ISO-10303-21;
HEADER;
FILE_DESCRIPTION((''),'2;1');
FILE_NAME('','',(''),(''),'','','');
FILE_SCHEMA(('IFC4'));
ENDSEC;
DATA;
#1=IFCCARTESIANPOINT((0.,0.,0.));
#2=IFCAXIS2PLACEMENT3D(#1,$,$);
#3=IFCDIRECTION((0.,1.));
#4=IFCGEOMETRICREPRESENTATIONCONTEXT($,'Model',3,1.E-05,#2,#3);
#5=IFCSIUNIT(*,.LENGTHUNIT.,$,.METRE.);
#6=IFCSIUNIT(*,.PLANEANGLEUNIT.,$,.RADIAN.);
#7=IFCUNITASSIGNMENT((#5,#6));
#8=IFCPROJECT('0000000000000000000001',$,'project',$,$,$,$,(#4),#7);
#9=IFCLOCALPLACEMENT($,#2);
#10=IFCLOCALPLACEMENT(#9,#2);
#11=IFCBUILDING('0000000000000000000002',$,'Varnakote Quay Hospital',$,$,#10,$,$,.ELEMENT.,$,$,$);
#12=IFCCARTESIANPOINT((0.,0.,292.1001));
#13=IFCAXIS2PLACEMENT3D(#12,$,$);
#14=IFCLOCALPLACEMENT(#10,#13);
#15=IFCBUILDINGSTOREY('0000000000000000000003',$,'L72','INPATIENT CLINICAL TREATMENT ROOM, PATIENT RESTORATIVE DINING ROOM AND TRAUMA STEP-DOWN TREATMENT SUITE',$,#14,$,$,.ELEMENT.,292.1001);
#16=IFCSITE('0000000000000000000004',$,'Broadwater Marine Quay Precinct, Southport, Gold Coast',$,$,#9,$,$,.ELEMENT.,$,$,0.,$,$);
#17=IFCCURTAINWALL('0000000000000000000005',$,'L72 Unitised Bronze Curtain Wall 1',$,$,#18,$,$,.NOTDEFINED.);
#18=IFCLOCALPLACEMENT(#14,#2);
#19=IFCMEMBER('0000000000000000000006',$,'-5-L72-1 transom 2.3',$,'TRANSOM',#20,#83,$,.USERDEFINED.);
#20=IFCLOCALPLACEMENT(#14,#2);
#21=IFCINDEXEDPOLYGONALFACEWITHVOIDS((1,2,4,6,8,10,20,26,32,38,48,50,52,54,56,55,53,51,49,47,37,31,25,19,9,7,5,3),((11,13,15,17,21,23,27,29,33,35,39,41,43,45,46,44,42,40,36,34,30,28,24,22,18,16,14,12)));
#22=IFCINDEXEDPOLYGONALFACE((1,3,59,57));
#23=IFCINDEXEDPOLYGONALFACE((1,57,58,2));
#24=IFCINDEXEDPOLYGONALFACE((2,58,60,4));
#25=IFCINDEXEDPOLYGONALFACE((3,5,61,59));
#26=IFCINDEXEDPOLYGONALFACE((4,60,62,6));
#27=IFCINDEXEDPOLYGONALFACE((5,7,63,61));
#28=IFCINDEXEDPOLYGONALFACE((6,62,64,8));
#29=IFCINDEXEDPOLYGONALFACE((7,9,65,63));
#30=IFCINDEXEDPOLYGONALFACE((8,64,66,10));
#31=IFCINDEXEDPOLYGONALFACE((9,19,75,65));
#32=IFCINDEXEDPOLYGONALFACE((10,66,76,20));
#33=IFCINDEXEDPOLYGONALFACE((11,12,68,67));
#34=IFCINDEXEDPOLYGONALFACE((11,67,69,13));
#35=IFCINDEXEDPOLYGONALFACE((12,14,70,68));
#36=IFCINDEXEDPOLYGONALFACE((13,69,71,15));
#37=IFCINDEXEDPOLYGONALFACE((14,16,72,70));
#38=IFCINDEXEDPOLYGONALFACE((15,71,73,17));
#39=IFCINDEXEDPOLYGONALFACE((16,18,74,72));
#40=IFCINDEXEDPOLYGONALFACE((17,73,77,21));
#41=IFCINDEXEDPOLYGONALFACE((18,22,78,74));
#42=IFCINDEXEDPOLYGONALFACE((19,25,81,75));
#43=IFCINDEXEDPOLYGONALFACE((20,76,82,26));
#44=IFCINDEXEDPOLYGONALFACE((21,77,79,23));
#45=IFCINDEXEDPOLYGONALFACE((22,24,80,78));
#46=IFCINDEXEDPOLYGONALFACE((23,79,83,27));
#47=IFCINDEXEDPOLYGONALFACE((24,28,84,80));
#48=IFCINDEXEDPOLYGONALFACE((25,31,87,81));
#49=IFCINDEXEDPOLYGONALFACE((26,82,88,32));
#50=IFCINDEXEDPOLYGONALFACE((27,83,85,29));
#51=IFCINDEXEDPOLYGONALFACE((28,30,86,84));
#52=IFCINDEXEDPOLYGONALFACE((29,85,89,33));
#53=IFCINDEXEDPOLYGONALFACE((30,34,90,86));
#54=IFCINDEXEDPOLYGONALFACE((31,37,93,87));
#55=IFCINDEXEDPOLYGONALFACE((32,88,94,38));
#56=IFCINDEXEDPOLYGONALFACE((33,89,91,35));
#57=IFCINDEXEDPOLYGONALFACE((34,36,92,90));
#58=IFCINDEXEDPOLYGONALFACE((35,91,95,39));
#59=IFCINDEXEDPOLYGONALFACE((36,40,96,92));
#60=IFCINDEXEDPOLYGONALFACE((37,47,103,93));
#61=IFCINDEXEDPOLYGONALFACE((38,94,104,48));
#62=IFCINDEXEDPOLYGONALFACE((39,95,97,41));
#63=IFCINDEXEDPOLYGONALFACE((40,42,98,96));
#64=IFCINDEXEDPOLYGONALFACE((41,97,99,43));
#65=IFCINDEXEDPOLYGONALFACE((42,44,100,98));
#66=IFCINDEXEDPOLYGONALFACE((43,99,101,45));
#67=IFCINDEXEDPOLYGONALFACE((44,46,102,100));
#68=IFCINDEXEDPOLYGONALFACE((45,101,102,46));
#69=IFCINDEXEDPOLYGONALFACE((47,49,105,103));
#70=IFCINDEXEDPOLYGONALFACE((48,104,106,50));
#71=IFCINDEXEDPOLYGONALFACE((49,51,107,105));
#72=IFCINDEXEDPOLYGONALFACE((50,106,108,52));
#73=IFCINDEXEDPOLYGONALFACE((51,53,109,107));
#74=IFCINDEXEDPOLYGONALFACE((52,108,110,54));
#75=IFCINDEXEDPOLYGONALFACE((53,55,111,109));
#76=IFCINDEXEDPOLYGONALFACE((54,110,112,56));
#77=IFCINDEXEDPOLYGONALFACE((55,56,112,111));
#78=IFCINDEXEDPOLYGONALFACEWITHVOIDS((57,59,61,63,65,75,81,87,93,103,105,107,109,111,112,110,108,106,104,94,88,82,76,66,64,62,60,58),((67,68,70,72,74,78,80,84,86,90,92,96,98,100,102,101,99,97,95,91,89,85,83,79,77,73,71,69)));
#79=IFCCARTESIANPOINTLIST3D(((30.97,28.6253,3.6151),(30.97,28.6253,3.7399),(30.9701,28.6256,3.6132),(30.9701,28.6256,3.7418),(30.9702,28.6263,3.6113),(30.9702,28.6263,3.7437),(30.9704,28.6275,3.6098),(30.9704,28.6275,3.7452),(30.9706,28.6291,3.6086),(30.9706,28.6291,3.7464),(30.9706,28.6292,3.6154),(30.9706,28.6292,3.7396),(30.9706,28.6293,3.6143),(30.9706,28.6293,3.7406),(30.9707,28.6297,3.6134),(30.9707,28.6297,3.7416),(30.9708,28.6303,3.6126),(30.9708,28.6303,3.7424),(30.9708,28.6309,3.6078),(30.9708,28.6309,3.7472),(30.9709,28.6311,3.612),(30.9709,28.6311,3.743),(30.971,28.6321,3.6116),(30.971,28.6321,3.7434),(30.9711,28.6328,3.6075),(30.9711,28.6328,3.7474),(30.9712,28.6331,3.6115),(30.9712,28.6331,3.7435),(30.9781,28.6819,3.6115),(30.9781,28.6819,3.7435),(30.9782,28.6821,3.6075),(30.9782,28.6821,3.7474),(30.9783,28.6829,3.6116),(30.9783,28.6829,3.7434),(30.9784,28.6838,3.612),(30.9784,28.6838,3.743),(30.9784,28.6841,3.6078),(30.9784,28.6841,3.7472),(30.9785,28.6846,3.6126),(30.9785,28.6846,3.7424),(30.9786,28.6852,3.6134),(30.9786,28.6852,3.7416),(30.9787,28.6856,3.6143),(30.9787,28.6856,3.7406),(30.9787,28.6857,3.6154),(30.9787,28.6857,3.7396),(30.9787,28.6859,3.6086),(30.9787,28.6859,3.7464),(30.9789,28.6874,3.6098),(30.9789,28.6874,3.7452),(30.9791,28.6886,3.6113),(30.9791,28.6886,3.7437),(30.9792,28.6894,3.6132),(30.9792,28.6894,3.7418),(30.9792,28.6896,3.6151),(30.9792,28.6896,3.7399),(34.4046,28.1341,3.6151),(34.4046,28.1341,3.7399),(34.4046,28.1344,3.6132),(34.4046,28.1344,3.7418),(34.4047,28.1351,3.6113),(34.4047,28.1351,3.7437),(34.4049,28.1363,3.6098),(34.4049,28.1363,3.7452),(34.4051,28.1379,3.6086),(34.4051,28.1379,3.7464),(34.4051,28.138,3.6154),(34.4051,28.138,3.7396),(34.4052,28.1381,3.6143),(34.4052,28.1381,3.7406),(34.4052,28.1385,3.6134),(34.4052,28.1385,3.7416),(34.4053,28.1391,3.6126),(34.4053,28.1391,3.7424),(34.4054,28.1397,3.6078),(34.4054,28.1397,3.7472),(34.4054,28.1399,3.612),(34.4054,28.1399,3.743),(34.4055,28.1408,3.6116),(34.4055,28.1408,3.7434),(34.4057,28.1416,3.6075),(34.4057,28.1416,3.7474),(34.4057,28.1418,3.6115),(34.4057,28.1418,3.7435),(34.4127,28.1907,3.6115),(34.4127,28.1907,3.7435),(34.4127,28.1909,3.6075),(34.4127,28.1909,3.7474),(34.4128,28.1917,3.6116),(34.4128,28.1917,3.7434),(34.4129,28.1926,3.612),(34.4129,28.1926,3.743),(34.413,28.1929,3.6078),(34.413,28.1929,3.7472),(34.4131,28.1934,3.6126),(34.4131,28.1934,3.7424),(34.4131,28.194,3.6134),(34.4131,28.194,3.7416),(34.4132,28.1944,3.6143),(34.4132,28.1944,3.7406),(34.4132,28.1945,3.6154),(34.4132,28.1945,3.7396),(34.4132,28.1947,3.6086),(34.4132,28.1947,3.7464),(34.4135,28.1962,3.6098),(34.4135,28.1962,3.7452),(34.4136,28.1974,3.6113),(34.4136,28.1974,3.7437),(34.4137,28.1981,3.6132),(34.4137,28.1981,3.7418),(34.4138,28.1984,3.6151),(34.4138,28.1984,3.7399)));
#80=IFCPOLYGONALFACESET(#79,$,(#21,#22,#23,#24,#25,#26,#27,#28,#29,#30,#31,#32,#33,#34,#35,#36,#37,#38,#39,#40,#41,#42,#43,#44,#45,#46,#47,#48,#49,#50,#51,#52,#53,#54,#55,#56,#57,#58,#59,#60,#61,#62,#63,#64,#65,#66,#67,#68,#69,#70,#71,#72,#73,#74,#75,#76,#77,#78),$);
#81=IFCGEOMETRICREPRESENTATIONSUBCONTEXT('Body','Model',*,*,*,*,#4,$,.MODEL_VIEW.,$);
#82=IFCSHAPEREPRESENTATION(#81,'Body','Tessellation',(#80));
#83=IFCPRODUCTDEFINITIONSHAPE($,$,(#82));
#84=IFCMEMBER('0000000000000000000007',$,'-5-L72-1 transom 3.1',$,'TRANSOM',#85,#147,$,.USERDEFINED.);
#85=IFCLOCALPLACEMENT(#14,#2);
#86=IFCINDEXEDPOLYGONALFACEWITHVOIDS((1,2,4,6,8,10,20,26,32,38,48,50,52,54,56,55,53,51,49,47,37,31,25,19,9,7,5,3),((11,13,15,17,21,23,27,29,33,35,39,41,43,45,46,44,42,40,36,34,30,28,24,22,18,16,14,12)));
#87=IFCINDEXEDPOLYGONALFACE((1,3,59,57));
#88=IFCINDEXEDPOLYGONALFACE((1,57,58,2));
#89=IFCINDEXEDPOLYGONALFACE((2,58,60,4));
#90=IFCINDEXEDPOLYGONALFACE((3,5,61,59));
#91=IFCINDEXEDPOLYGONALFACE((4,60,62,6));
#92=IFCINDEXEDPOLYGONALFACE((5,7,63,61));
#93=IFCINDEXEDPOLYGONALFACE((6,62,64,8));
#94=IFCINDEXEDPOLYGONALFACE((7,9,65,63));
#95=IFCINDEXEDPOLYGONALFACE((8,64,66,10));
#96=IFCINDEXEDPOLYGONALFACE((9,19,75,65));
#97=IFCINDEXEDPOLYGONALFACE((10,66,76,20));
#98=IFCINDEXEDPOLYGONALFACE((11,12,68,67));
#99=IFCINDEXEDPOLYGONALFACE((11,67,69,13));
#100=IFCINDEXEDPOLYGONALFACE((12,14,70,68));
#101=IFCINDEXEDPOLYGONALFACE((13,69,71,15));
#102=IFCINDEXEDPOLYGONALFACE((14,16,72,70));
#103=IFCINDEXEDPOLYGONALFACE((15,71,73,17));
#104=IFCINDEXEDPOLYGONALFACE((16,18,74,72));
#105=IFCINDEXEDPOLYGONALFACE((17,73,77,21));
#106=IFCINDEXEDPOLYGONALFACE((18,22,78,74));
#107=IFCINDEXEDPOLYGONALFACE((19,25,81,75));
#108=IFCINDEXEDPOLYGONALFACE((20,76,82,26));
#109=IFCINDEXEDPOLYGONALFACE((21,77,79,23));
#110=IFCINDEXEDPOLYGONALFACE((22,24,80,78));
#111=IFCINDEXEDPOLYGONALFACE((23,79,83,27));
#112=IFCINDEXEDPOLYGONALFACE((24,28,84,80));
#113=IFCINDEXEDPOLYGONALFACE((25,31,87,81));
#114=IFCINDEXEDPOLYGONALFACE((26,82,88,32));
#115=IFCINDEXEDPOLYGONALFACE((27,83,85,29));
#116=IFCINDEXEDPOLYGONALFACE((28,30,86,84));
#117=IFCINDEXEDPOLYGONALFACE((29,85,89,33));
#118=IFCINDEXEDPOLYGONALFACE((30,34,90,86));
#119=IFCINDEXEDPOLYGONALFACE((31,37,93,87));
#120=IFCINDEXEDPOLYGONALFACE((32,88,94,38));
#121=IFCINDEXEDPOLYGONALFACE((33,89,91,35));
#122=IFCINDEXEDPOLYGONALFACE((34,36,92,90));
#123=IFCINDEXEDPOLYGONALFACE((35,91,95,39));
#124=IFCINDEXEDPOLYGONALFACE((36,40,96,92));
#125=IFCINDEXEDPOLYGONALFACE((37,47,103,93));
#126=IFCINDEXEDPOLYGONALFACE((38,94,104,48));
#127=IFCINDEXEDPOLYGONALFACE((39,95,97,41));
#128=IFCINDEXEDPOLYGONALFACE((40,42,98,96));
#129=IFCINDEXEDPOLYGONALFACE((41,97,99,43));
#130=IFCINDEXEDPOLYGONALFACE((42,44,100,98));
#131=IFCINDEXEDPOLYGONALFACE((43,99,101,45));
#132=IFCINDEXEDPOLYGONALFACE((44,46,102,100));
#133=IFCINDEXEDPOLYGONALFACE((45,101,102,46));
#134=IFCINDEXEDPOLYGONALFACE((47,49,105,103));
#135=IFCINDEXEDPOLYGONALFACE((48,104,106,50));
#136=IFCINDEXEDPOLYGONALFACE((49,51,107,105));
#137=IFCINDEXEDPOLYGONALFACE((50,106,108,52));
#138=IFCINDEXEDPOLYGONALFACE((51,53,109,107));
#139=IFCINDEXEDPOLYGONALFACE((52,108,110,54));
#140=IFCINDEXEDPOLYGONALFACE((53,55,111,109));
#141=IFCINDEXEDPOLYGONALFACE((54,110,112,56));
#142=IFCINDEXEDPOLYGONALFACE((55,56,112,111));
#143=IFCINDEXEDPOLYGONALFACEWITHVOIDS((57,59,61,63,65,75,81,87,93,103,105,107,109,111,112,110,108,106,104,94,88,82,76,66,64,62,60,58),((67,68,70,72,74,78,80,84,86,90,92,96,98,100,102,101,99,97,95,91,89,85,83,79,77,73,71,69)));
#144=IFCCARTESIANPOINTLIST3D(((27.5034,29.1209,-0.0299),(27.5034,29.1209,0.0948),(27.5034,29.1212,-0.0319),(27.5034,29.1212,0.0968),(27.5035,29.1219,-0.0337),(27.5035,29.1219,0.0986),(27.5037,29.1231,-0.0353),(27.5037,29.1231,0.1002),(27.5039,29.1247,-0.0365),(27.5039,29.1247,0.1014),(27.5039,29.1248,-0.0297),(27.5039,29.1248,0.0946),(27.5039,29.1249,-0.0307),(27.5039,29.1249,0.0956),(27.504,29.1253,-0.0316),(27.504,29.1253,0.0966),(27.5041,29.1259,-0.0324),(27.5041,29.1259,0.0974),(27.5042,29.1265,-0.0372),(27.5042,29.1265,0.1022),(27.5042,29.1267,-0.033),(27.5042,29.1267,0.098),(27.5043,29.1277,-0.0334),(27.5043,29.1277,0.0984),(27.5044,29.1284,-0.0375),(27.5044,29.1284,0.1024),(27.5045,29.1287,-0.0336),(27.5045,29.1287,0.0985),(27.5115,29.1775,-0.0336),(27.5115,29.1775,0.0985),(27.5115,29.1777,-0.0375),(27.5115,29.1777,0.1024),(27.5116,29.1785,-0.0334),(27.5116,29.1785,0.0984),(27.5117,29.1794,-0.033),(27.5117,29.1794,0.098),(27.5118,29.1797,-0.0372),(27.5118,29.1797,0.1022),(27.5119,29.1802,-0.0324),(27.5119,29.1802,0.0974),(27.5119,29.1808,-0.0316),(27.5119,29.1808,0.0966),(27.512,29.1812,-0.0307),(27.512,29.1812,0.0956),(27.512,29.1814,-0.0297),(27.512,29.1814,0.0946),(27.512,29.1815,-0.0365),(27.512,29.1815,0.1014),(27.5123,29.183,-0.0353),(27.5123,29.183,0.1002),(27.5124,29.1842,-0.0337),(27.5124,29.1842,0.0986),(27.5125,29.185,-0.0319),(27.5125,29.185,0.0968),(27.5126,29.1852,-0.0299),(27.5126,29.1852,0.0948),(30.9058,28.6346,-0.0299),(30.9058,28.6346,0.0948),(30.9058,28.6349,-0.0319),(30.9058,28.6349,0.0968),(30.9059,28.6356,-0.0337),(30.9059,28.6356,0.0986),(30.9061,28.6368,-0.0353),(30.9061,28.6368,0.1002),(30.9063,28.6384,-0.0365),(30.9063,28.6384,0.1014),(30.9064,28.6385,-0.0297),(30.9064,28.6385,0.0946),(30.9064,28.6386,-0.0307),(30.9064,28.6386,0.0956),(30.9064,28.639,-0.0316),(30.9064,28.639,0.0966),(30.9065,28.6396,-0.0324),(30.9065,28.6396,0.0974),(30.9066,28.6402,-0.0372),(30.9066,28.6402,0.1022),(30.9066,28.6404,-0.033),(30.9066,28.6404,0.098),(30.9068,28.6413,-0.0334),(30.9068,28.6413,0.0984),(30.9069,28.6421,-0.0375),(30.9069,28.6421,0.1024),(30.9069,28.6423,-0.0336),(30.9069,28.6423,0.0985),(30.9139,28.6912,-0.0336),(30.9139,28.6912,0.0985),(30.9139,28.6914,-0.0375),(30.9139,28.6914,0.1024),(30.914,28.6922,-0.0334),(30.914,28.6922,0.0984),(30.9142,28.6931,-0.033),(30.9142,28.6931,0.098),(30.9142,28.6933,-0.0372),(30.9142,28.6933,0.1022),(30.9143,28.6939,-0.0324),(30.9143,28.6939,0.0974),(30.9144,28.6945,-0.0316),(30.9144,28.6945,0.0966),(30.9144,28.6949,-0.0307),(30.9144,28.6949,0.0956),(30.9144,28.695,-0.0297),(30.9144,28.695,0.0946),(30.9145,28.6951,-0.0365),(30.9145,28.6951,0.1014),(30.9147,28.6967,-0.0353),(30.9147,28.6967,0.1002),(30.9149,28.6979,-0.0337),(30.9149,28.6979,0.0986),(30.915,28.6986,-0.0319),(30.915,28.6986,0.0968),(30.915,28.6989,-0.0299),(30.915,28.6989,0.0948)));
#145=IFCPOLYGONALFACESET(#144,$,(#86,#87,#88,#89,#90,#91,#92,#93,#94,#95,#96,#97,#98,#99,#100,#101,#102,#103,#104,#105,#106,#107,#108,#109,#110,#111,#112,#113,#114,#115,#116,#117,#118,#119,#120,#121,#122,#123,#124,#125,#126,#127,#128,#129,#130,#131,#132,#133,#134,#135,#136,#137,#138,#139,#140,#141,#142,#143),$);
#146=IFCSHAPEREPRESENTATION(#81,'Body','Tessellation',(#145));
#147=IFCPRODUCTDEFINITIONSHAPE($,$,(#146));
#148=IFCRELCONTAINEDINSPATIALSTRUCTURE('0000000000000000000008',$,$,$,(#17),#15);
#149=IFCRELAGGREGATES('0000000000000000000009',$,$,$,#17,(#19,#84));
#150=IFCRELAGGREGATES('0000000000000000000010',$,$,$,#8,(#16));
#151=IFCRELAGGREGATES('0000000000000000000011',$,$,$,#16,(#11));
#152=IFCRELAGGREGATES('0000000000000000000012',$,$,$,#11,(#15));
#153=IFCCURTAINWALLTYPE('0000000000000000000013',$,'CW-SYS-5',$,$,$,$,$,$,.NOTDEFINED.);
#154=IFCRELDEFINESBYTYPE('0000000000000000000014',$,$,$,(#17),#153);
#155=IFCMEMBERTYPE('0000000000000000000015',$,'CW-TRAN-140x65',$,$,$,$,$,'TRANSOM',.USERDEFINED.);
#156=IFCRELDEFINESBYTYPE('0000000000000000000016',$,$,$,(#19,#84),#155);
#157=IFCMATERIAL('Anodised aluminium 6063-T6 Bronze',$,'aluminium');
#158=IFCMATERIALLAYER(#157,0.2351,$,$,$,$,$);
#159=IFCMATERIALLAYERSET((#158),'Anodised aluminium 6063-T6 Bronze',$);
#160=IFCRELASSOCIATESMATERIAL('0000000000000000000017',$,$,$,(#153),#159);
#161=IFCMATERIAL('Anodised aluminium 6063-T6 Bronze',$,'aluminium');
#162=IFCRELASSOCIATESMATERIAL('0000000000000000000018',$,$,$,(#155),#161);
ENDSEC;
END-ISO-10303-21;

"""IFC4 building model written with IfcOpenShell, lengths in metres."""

from ifc_helpers import new_model, si_unit, direction, frame, origin, origin_2d, place, context, subcontext, project, spatial, hollow_rectangle, extrude, material, layer, layer_set, material_profile, profile_set, type_object, element, aggregate, save


model = new_model("IFC4")

# Units and contexts
model_context = context("Model", 3, precision=1e-05, world=origin(), true_north=direction((0.0, 1.0)))
body_context = subcontext(model_context, "Body", "Model", "MODEL_VIEW")
ifc_project = project(units=[si_unit("LENGTHUNIT", "METRE"), si_unit("PLANEANGLEUNIT", "RADIAN")], contexts=[model_context])

# Site, building, storey
site_placement = place(None, origin())
site = spatial("IfcSite", under=ifc_project, at=site_placement, Name="Broadwater Marine Quay Precinct, Southport, Gold Coast", CompositionType="ELEMENT", RefElevation=0.0)
building_placement = place(site_placement, origin())
building = spatial("IfcBuilding", under=site, at=building_placement, Name="Varnakote Quay Hospital", CompositionType="ELEMENT")
storey_placement = place(building_placement, frame((0.0, 0.0, 292.1001)))
storey = spatial("IfcBuildingStorey", under=building, at=storey_placement, Name="L72", Description="INPATIENT CLINICAL TREATMENT ROOM, PATIENT RESTORATIVE DINING ROOM AND TRAUMA STEP-DOWN TREATMENT SUITE", CompositionType="ELEMENT", Elevation=292.1001)

# Curtain wall, members
ifc_material_1 = material(Name="Anodised aluminium 6063-T6 Bronze", Category="aluminium")
ifc_layer_1 = layer(ifc_material_1, 0.2351)
ifc_layer_set_1 = layer_set([ifc_layer_1], Name="Anodised aluminium 6063-T6 Bronze")
curtain_wall_type = type_object("IfcCurtainWallType", Name="CW-SYS-5", PredefinedType="NOTDEFINED", material=ifc_layer_set_1)
curtain_wall_placement = place(storey_placement, origin())
curtain_wall = element("IfcCurtainWall", 1, at=curtain_wall_placement, inside=storey, type_object=curtain_wall_type, Name="L72 Unitised Bronze Curtain Wall 1", PredefinedType="NOTDEFINED")
ifc_material_2 = material(Name="Anodised aluminium 6063-T6 Bronze", Category="aluminium")
ifc_material_profile_1 = material_profile(ifc_material_2, hollow_rectangle(XDim=0.0649, YDim=0.1399, WallThickness=0.0039, InnerFilletRadius=0.0039, OuterFilletRadius=0.0076, at=origin_2d()), Name="CW-TRAN-140x65")
ifc_profile_set_1 = profile_set([ifc_material_profile_1], Name="Anodised aluminium 6063-T6 Bronze")
member_type_1 = type_object("IfcMemberType", Name="CW-TRAN-140x65", ElementType="TRANSOM", PredefinedType="USERDEFINED", material=ifc_profile_set_1)
member_1_placement = place(storey_placement, frame((34.4092, 28.1663, 3.6775), z_axis=(-0.989927, 0.141579, 0.0), x_axis=(-0.141579, -0.989927, 0.0)))
member_1 = element("IfcMember", 2, at=member_1_placement, type_object=member_type_1, Name="-5-L72-1 transom 2.3", ObjectType="TRANSOM", PredefinedType="USERDEFINED", context=body_context, shape_type="SweptSolid", body=[
    extrude(hollow_rectangle(XDim=0.0649, YDim=0.1399, WallThickness=0.0039, InnerFilletRadius=0.0039, OuterFilletRadius=0.0076, at=origin_2d()), origin(), (0.0, 0.0, 1.0), 3.4695),
])
member_2_placement = place(storey_placement, frame((30.9104, 28.6667, 0.0325), z_axis=(-0.989938, 0.141501, 0.0), x_axis=(-0.141501, -0.989938, 0.0)))
member_2 = element("IfcMember", 3, at=member_2_placement, type_object=member_type_1, Name="-5-L72-1 transom 3.1", ObjectType="TRANSOM", PredefinedType="USERDEFINED", context=body_context, shape_type="SweptSolid", body=[
    extrude(hollow_rectangle(XDim=0.0649, YDim=0.1399, WallThickness=0.0039, InnerFilletRadius=0.0039, OuterFilletRadius=0.0076, at=origin_2d()), origin(), (0.0, 0.0, 1.0), 3.437),
])
aggregate(curtain_wall, [member_1, member_2])

save(model, "model.ifc")
